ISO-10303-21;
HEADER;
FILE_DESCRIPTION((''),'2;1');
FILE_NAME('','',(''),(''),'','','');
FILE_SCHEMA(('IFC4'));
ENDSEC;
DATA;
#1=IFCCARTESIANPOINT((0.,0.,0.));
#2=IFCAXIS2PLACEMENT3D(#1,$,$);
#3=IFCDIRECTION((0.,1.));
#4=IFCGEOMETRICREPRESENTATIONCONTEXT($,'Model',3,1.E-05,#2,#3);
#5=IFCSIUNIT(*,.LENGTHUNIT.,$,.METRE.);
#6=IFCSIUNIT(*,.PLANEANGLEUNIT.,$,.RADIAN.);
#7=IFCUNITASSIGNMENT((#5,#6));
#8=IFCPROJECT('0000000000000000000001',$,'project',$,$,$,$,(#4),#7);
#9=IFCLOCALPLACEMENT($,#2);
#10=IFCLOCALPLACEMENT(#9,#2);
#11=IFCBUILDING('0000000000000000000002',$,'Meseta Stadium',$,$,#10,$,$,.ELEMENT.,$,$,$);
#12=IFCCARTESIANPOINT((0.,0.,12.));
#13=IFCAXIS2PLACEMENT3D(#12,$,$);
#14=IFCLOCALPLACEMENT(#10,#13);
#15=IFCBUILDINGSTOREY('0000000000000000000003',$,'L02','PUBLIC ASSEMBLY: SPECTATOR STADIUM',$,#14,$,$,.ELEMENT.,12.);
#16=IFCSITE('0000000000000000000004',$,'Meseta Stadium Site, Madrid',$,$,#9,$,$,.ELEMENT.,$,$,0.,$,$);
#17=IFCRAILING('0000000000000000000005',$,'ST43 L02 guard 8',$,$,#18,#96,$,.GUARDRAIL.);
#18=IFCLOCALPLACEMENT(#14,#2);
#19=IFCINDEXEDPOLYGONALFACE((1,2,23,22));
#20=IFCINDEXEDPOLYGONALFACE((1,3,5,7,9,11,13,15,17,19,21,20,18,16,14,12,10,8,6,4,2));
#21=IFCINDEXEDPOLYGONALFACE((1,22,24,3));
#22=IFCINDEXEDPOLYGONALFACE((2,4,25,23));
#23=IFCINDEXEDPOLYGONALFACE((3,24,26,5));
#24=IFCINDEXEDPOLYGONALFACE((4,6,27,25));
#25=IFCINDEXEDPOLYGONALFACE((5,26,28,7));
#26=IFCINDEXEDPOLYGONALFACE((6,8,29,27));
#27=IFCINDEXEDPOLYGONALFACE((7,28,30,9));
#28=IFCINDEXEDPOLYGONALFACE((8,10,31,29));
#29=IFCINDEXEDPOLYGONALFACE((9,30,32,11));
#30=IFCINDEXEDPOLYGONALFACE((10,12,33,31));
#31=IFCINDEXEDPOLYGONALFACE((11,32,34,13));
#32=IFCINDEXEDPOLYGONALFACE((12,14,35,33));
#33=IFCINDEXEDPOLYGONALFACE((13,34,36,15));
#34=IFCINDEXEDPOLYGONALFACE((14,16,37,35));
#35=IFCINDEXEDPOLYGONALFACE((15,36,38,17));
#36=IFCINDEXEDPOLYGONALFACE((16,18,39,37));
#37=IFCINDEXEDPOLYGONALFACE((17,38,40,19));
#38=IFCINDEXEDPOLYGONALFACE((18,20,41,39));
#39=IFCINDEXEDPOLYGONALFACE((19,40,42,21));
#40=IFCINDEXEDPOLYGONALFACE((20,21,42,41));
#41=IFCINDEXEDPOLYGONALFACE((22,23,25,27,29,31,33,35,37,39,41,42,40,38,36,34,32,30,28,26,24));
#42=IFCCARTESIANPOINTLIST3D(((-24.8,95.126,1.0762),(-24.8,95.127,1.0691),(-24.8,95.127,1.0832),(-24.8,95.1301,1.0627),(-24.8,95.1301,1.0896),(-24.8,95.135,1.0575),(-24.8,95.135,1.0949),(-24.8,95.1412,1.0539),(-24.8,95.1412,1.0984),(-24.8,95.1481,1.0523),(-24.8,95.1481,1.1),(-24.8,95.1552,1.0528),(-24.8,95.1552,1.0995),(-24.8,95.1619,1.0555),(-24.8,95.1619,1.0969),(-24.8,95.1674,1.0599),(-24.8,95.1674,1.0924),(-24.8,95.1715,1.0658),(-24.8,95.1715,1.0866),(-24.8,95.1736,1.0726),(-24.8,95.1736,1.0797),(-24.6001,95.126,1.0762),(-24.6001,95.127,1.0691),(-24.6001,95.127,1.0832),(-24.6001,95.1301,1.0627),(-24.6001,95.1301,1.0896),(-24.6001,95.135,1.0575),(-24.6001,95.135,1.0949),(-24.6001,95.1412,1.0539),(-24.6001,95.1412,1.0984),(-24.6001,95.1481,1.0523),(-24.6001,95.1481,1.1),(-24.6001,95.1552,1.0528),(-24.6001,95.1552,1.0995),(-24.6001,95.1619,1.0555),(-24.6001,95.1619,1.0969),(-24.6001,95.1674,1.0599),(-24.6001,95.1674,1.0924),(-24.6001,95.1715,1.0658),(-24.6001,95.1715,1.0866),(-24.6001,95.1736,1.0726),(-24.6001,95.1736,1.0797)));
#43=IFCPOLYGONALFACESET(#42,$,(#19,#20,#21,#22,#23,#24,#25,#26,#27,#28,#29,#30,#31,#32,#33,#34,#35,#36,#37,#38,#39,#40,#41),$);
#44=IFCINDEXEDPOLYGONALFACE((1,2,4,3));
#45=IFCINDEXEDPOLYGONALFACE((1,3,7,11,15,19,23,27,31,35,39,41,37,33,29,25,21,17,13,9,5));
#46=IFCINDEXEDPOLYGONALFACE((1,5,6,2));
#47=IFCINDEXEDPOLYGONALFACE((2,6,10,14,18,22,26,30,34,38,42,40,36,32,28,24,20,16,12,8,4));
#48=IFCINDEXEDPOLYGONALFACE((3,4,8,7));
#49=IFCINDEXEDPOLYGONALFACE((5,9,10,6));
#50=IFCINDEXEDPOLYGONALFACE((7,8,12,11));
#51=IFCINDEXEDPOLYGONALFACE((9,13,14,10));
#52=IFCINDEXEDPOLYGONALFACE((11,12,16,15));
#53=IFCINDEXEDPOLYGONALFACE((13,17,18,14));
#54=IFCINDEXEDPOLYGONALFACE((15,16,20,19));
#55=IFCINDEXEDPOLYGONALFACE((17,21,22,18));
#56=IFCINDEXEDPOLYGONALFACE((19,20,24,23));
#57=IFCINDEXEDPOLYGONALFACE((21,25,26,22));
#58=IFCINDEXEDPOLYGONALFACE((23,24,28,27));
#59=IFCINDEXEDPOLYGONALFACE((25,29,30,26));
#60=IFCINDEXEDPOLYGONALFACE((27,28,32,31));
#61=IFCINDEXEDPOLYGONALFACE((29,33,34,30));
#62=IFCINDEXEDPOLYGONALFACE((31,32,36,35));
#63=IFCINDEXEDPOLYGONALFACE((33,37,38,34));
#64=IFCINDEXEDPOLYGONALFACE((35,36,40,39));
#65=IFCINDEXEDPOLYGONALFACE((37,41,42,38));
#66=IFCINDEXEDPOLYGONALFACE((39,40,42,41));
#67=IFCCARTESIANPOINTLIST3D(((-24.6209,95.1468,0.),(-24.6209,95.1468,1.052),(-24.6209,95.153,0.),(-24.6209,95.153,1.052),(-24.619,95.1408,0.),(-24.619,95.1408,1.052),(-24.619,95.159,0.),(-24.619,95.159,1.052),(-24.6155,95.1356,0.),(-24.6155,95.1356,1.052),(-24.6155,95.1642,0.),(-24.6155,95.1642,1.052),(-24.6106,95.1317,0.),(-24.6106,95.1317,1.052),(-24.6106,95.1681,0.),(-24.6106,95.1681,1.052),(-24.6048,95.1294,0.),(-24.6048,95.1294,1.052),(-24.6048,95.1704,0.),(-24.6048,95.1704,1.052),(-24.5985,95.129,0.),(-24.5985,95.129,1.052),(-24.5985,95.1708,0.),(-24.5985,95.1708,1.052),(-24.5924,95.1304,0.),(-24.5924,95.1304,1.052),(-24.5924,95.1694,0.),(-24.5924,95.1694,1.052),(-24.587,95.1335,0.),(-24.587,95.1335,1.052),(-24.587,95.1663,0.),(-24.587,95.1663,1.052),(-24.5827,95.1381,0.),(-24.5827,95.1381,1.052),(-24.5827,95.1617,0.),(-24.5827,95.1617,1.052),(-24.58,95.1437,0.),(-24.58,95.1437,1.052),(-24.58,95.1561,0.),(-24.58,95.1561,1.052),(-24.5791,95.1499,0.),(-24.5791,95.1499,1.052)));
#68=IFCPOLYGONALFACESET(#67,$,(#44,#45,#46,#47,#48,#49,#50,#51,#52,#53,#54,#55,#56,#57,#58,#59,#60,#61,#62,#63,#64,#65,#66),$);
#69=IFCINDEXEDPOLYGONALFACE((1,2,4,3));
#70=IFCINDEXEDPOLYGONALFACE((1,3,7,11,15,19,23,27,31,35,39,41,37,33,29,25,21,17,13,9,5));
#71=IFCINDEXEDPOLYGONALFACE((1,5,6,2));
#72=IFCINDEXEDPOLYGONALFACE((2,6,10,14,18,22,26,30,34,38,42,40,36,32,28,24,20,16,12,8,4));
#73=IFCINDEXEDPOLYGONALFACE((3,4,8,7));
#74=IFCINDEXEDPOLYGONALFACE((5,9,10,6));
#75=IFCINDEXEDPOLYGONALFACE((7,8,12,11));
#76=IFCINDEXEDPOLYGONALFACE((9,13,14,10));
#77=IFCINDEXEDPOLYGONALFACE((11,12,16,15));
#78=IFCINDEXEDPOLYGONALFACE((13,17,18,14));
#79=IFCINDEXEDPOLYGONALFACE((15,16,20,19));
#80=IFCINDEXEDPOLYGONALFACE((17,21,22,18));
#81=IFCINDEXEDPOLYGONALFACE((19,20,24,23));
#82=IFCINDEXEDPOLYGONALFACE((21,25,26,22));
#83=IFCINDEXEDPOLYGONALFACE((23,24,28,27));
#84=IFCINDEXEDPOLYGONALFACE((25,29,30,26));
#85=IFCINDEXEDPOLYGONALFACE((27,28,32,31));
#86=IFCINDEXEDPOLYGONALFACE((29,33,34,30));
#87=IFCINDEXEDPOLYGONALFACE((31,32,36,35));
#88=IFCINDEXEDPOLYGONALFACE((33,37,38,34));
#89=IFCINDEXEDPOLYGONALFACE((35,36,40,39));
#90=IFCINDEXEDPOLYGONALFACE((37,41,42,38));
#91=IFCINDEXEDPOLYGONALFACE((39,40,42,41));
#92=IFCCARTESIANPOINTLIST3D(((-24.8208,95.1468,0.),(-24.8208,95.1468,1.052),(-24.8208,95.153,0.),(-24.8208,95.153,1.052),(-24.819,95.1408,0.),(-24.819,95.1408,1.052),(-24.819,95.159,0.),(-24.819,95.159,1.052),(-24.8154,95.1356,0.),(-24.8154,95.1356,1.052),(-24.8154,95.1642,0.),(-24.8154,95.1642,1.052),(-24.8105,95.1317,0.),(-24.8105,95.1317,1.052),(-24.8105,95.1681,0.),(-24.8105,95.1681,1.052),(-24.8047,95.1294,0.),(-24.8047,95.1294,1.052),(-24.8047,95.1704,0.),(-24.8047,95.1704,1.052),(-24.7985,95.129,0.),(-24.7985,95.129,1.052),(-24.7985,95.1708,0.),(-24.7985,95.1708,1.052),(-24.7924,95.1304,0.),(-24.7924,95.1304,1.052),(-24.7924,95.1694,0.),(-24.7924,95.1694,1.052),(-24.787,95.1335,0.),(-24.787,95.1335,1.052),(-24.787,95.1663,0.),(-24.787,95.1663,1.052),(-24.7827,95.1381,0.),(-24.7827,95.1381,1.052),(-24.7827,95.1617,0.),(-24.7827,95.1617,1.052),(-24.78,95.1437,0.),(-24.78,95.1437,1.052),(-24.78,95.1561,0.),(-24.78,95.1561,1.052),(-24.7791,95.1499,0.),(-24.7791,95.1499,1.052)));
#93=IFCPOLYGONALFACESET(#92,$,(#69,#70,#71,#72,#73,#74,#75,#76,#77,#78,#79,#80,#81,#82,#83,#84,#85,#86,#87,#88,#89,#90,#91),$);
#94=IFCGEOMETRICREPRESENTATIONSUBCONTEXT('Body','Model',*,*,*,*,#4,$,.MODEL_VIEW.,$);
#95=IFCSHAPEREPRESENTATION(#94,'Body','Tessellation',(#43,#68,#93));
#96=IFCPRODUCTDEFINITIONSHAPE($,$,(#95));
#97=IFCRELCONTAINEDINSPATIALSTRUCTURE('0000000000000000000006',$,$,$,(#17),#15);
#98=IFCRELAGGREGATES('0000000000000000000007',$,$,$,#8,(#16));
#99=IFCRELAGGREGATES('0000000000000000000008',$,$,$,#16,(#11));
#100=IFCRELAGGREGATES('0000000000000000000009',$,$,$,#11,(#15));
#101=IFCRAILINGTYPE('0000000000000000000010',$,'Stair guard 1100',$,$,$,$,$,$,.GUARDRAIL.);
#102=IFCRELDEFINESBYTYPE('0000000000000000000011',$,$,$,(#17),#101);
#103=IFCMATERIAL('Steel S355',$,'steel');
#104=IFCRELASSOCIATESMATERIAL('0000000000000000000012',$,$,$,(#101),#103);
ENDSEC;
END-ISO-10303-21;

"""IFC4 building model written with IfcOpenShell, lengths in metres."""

from ifc_helpers import new_model, si_unit, direction, frame, origin, origin_2d, place, context, subcontext, project, spatial, circle, extrude, material, type_object, element, save


model = new_model("IFC4")

# Units and contexts
model_context = context("Model", 3, precision=1e-05, world=origin(), true_north=direction((0.0, 1.0)))
body_context = subcontext(model_context, "Body", "Model", "MODEL_VIEW")
ifc_project = project(units=[si_unit("LENGTHUNIT", "METRE"), si_unit("PLANEANGLEUNIT", "RADIAN")], contexts=[model_context])

# Site, building, storey
site_placement = place(None, origin())
site = spatial("IfcSite", under=ifc_project, at=site_placement, Name="Meseta Stadium Site, Madrid", CompositionType="ELEMENT", RefElevation=0.0)
building_placement = place(site_placement, origin())
building = spatial("IfcBuilding", under=site, at=building_placement, Name="Meseta Stadium", CompositionType="ELEMENT")
storey_placement = place(building_placement, frame((0.0, 0.0, 12.0)))
storey = spatial("IfcBuildingStorey", under=building, at=storey_placement, Name="L02", Description="PUBLIC ASSEMBLY: SPECTATOR STADIUM", CompositionType="ELEMENT", Elevation=12.0)

# Railing
ifc_material_1 = material(Name="Steel S355", Category="steel")
railing_type_1 = type_object("IfcRailingType", Name="Stair guard 1100", PredefinedType="GUARDRAIL", material=ifc_material_1)
railing_1_placement = place(storey_placement, frame((-24.6001, 95.1499, 0.0)))
element("IfcRailing", 1, at=railing_1_placement, inside=storey, type_object=railing_type_1, Name="ST43 L02 guard 8", PredefinedType="GUARDRAIL", context=body_context, shape_type="SweptSolid", body=[
    extrude(circle(Radius=0.0239, at=origin_2d()), frame((0.0, 0.0, 1.0762), z_axis=(-1.0, 0.0, 0.0), x_axis=(0.0, -1.0, 0.0)), (0.0, 0.0, 1.0), 0.2),
    extrude(circle(Radius=0.021, at=origin_2d()), origin(), (0.0, 0.0, 1.0), 1.052),
    extrude(circle(Radius=0.021, at=origin_2d()), frame((-0.2, 0.0, 0.0)), (0.0, 0.0, 1.0), 1.052),
])

save(model, "model.ifc")
